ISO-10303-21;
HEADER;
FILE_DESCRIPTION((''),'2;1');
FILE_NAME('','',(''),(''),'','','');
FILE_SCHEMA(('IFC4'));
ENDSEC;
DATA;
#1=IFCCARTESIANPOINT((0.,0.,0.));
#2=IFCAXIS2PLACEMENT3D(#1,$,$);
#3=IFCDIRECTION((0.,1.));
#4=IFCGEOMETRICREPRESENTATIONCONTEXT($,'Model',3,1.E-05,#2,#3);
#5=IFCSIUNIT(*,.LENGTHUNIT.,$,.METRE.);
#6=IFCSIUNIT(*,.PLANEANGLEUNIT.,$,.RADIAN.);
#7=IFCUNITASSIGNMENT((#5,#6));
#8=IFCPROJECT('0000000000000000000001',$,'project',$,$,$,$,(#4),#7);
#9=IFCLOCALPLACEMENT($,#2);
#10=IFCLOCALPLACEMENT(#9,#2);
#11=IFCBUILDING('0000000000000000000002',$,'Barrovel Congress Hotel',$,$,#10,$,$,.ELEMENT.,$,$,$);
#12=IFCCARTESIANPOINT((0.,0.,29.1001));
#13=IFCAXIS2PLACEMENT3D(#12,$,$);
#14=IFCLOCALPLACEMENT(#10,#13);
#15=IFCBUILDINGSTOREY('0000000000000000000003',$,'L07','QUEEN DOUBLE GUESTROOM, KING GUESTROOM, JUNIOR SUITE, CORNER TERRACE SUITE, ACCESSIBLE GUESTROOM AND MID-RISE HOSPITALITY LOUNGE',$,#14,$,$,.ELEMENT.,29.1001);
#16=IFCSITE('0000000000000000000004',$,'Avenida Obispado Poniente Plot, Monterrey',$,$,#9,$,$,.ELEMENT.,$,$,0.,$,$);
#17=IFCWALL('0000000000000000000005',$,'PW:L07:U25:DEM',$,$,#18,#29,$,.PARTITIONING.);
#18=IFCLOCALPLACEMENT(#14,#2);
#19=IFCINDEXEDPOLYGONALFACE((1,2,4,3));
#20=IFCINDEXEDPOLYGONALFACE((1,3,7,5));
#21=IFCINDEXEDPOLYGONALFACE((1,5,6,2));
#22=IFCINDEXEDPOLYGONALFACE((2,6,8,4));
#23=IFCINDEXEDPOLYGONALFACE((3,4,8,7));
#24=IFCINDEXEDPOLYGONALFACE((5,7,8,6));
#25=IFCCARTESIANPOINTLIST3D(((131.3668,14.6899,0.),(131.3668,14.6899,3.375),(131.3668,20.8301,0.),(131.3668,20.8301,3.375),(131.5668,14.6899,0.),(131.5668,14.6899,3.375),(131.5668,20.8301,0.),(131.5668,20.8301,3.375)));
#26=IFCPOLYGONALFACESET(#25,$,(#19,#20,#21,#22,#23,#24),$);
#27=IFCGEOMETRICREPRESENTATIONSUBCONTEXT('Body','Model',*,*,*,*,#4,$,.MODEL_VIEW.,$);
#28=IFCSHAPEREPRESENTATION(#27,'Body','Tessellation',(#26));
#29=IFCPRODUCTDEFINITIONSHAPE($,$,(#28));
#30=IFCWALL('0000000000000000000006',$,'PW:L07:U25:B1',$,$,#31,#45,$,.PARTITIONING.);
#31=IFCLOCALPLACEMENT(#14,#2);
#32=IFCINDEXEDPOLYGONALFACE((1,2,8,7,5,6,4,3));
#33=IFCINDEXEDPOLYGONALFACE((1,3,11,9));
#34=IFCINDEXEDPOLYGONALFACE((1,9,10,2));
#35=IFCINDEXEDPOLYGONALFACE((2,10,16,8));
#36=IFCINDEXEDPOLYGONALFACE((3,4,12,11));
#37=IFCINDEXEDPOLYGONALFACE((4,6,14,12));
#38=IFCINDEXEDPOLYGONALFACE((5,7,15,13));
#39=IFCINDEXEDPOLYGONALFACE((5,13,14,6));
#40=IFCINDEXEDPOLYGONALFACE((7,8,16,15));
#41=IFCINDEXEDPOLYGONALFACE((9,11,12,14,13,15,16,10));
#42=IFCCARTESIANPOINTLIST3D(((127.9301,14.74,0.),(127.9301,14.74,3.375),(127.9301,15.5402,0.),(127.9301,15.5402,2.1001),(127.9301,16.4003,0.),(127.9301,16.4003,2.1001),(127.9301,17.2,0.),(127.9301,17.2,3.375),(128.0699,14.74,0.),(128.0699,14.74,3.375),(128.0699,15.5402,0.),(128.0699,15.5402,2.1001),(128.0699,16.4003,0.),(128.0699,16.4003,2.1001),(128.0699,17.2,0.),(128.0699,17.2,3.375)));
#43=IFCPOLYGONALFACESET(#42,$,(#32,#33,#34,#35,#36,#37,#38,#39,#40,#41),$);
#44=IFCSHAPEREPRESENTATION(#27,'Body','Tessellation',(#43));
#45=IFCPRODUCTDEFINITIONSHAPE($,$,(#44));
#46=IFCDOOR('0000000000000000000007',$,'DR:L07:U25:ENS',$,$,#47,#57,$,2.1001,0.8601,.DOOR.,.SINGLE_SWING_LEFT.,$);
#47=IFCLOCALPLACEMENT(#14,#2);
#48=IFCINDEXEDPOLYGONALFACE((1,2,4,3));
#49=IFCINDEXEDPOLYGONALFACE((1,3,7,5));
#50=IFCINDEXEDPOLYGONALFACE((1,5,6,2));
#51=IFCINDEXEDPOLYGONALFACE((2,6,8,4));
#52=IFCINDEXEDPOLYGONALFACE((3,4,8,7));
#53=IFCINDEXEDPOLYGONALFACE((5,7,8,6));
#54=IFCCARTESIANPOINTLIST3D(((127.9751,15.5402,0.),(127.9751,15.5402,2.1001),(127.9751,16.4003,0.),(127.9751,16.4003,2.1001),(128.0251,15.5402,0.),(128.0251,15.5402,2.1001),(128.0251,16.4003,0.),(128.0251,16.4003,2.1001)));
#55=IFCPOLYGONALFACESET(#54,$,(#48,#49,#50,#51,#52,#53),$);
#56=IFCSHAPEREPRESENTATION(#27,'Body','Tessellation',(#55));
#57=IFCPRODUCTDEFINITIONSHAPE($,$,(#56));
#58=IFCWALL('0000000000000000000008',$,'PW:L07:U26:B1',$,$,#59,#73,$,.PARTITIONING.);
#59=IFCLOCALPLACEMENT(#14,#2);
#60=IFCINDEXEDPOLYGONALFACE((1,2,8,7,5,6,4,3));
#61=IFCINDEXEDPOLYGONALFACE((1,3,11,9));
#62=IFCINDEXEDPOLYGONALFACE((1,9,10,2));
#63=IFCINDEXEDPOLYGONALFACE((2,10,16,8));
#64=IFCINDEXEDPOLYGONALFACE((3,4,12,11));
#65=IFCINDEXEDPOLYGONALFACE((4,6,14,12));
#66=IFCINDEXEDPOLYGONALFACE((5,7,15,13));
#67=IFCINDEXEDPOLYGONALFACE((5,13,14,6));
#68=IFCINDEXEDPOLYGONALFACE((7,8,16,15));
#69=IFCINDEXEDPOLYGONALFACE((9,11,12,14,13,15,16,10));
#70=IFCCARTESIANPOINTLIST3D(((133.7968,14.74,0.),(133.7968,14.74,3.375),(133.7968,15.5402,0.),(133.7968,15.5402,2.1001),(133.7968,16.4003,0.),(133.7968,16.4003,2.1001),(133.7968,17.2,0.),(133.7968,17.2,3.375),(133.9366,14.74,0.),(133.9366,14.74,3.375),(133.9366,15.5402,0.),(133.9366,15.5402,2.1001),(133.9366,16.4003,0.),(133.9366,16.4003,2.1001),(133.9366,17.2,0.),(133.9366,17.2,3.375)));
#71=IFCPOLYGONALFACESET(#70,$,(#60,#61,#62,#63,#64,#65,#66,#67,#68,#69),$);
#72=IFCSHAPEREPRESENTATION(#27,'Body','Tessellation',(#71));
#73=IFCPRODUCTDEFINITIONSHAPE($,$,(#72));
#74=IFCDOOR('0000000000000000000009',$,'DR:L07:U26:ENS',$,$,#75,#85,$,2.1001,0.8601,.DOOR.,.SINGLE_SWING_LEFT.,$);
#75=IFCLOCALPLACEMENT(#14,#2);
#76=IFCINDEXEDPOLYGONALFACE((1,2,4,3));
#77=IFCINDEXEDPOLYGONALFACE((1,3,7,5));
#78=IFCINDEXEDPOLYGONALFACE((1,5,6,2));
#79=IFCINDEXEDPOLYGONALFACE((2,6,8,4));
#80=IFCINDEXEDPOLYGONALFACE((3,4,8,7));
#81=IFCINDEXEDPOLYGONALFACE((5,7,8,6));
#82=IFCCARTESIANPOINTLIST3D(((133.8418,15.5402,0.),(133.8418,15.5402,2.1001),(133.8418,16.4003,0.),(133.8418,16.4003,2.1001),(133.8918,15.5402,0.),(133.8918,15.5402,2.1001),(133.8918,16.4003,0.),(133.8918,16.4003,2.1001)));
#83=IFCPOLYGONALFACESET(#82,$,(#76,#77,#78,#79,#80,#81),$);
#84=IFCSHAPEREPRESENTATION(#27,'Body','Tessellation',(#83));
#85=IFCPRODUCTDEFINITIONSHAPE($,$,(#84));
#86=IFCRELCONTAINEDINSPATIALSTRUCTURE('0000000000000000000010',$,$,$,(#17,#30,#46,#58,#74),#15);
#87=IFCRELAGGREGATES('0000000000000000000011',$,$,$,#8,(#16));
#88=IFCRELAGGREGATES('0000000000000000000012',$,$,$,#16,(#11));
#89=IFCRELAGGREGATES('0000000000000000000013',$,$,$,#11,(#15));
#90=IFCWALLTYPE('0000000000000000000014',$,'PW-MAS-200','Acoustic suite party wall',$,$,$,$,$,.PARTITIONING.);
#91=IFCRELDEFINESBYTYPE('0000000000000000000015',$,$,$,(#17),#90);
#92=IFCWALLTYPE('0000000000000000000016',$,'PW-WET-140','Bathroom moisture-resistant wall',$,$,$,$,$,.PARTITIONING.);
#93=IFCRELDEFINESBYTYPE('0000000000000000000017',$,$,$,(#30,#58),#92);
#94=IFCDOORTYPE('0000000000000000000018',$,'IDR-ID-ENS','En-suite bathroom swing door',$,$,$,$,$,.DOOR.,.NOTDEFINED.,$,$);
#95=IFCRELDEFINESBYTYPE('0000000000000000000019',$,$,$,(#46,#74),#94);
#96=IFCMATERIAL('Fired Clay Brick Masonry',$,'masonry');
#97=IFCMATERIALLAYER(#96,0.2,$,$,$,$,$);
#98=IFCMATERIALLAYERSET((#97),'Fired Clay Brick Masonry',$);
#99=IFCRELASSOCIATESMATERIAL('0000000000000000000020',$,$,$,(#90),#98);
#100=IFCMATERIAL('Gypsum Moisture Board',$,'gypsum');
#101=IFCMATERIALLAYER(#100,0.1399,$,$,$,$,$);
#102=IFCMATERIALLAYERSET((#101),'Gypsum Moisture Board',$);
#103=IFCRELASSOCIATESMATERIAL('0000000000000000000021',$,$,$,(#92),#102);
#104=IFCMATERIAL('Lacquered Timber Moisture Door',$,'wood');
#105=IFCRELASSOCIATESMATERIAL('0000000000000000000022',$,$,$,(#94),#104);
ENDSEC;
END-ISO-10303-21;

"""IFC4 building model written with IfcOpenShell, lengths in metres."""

from ifc_helpers import new_model, si_unit, direction, frame, frame_2d, origin, place, context, subcontext, project, spatial, rectangle, extrude, material, layer, layer_set, type_object, element, fill, save


model = new_model("IFC4")

# Units and contexts
model_context = context("Model", 3, precision=1e-05, world=origin(), true_north=direction((0.0, 1.0)))
body_context = subcontext(model_context, "Body", "Model", "MODEL_VIEW")
ifc_project = project(units=[si_unit("LENGTHUNIT", "METRE"), si_unit("PLANEANGLEUNIT", "RADIAN")], contexts=[model_context])

# Site, building, storey
site_placement = place(None, origin())
site = spatial("IfcSite", under=ifc_project, at=site_placement, Name="Avenida Obispado Poniente Plot, Monterrey", CompositionType="ELEMENT", RefElevation=0.0)
building_placement = place(site_placement, origin())
building = spatial("IfcBuilding", under=site, at=building_placement, Name="Barrovel Congress Hotel", CompositionType="ELEMENT")
storey_placement = place(building_placement, frame((0.0, 0.0, 29.1001)))
storey = spatial("IfcBuildingStorey", under=building, at=storey_placement, Name="L07", Description="QUEEN DOUBLE GUESTROOM, KING GUESTROOM, JUNIOR SUITE, CORNER TERRACE SUITE, ACCESSIBLE GUESTROOM AND MID-RISE HOSPITALITY LOUNGE", CompositionType="ELEMENT", Elevation=29.1001)

# Shared definitions
ifc_material_1 = material(Name="Fired Clay Brick Masonry", Category="masonry")

# Wall
ifc_layer_1 = layer(ifc_material_1, 0.2)
ifc_layer_set_1 = layer_set([ifc_layer_1], Name="Fired Clay Brick Masonry")
wall_type_1 = type_object("IfcWallType", Name="PW-MAS-200", Description="Acoustic suite party wall", PredefinedType="PARTITIONING", material=ifc_layer_set_1)
wall_1_placement = place(storey_placement, frame((131.4668, 14.6899, 0.0), z_axis=(0.0, 0.0, 1.0), x_axis=(0.0, 1.0, 0.0)))
element("IfcWall", 1, at=wall_1_placement, inside=storey, type_object=wall_type_1, Name="PW:L07:U25:DEM", PredefinedType="PARTITIONING", context=body_context, shape_type="SweptSolid", body=[
    extrude(rectangle(XDim=6.1401, YDim=0.2, at=frame_2d((3.0701, 0.0))), origin(), (0.0, 0.0, 1.0), 3.375),
])

# Walls, openings, doors
ifc_material_2 = material(Name="Gypsum Moisture Board", Category="gypsum")
ifc_layer_2 = layer(ifc_material_2, 0.1399)
ifc_layer_set_2 = layer_set([ifc_layer_2], Name="Gypsum Moisture Board")
wall_type_2 = type_object("IfcWallType", Name="PW-WET-140", Description="Bathroom moisture-resistant wall", PredefinedType="PARTITIONING", material=ifc_layer_set_2)
wall_2_placement = place(storey_placement, frame((128.0, 14.74, 0.0), z_axis=(0.0, 0.0, 1.0), x_axis=(0.0, 1.0, 0.0)))
wall_2 = element("IfcWall", 2, at=wall_2_placement, inside=storey, type_object=wall_type_2, Name="PW:L07:U25:B1", PredefinedType="PARTITIONING", context=body_context, shape_type="SweptSolid", body=[
    extrude(rectangle(XDim=2.46, YDim=0.1399, at=frame_2d((1.23, 0.0))), origin(), (0.0, 0.0, 1.0), 3.375),
])
opening_1_placement = place(wall_2_placement, frame((0.8, 0.0, 0.0)))
opening_1 = element("IfcOpeningElement", 3, at=opening_1_placement, cuts=wall_2, PredefinedType="OPENING", context=body_context, shape_type="SweptSolid", body=[
    extrude(rectangle(XDim=0.8601, YDim=2.1001, at=frame_2d((0.4302, 1.05))), frame((0.0, 0.0801, 0.0), z_axis=(0.0, -1.0, 0.0), x_axis=(1.0, 0.0, 0.0)), (0.0, 0.0, 1.0), 0.1599),
])
ifc_material_3 = material(Name="Lacquered Timber Moisture Door", Category="wood")
door_type_1 = type_object("IfcDoorType", Name="IDR-ID-ENS", Description="En-suite bathroom swing door", OperationType="NOTDEFINED", PredefinedType="DOOR", material=ifc_material_3)
door_1_placement = place(opening_1_placement, origin())
door_1 = element("IfcDoor", 4, at=door_1_placement, inside=storey, type_object=door_type_1, Name="DR:L07:U25:ENS", OperationType="SINGLE_SWING_LEFT", OverallHeight=2.1001, OverallWidth=0.8601, PredefinedType="DOOR", context=body_context, shape_type="SweptSolid", body=[
    extrude(rectangle(XDim=0.8601, YDim=2.1001, at=frame_2d((0.4302, 1.05))), frame((0.0, 0.0249, 0.0), z_axis=(0.0, -1.0, 0.0), x_axis=(1.0, 0.0, 0.0)), (0.0, 0.0, 1.0), 0.05),
])
fill(opening_1, door_1)
wall_3_placement = place(storey_placement, frame((133.8667, 14.74, 0.0), z_axis=(0.0, 0.0, 1.0), x_axis=(0.0, 1.0, 0.0)))
wall_3 = element("IfcWall", 5, at=wall_3_placement, inside=storey, type_object=wall_type_2, Name="PW:L07:U26:B1", PredefinedType="PARTITIONING", context=body_context, shape_type="SweptSolid", body=[
    extrude(rectangle(XDim=2.46, YDim=0.1399, at=frame_2d((1.23, 0.0))), origin(), (0.0, 0.0, 1.0), 3.375),
])
opening_2_placement = place(wall_3_placement, frame((0.8, 0.0, 0.0)))
opening_2 = element("IfcOpeningElement", 6, at=opening_2_placement, cuts=wall_3, PredefinedType="OPENING", context=body_context, shape_type="SweptSolid", body=[
    extrude(rectangle(XDim=0.8601, YDim=2.1001, at=frame_2d((0.4302, 1.05))), frame((0.0, 0.0801, 0.0), z_axis=(0.0, -1.0, 0.0), x_axis=(1.0, 0.0, 0.0)), (0.0, 0.0, 1.0), 0.1599),
])
door_2_placement = place(opening_2_placement, origin())
door_2 = element("IfcDoor", 7, at=door_2_placement, inside=storey, type_object=door_type_1, Name="DR:L07:U26:ENS", OperationType="SINGLE_SWING_LEFT", OverallHeight=2.1001, OverallWidth=0.8601, PredefinedType="DOOR", context=body_context, shape_type="SweptSolid", body=[
    extrude(rectangle(XDim=0.8601, YDim=2.1001, at=frame_2d((0.4302, 1.05))), frame((0.0, 0.0249, 0.0), z_axis=(0.0, -1.0, 0.0), x_axis=(1.0, 0.0, 0.0)), (0.0, 0.0, 1.0), 0.05),
])
fill(opening_2, door_2)

save(model, "model.ifc")
